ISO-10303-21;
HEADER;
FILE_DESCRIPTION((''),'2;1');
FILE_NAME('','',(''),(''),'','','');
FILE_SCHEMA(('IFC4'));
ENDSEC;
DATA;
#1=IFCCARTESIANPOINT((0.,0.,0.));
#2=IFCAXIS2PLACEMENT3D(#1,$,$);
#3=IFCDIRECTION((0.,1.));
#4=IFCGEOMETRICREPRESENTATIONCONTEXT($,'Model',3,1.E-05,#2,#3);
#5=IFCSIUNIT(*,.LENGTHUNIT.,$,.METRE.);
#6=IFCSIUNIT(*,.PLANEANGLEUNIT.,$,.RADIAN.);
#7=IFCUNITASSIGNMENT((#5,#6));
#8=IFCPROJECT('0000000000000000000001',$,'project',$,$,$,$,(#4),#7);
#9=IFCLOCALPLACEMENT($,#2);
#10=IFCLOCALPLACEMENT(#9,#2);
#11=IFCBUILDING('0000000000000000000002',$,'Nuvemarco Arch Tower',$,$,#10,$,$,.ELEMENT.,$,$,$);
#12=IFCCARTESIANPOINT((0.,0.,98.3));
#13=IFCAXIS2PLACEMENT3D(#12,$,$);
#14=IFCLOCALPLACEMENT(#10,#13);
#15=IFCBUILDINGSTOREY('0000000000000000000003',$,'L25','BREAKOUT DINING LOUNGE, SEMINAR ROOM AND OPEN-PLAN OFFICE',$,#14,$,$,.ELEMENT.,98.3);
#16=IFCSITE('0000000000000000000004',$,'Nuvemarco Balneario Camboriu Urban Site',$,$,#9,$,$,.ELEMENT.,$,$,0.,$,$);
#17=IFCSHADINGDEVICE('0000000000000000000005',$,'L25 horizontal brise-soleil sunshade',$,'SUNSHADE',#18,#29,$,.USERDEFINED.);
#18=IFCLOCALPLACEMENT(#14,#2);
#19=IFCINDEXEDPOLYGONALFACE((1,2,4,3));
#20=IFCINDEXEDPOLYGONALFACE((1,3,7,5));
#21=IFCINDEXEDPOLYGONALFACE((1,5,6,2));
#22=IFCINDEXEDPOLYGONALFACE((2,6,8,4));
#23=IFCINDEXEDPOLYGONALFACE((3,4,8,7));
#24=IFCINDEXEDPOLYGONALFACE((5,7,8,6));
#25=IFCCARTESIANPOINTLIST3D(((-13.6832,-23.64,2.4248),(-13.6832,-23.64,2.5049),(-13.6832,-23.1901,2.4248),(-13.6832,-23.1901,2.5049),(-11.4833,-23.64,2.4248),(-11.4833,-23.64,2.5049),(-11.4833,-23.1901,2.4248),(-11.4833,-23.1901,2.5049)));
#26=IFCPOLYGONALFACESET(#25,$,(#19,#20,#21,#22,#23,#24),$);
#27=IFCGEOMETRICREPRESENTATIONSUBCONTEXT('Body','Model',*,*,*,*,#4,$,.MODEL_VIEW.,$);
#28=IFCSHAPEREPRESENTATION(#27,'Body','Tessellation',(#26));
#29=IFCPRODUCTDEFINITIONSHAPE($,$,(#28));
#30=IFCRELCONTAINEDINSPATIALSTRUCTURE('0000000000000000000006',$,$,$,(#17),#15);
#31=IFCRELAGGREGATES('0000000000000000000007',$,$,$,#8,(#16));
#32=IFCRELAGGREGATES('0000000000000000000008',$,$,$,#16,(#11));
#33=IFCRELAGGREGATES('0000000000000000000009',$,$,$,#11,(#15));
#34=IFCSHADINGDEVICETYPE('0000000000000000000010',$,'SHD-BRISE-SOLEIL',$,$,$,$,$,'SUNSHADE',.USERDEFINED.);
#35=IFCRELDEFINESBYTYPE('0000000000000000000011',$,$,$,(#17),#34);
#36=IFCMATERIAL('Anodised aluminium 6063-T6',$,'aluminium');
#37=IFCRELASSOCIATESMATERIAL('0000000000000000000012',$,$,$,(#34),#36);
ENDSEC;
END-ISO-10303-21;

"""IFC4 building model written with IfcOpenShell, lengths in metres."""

from ifc_helpers import new_model, si_unit, direction, frame, origin, origin_2d, place, context, subcontext, project, spatial, rectangle, extrude, source, transform, mapped, material, type_object, type_shapes, element, save


model = new_model("IFC4")

# Units and contexts
model_context = context("Model", 3, precision=1e-05, world=origin(), true_north=direction((0.0, 1.0)))
body_context = subcontext(model_context, "Body", "Model", "MODEL_VIEW")
ifc_project = project(units=[si_unit("LENGTHUNIT", "METRE"), si_unit("PLANEANGLEUNIT", "RADIAN")], contexts=[model_context])

# Site, building, storey
site_placement = place(None, origin())
site = spatial("IfcSite", under=ifc_project, at=site_placement, Name="Nuvemarco Balneario Camboriu Urban Site", CompositionType="ELEMENT", RefElevation=0.0)
building_placement = place(site_placement, origin())
building = spatial("IfcBuilding", under=site, at=building_placement, Name="Nuvemarco Arch Tower", CompositionType="ELEMENT")
storey_placement = place(building_placement, frame((0.0, 0.0, 98.3)))
storey = spatial("IfcBuildingStorey", under=building, at=storey_placement, Name="L25", Description="BREAKOUT DINING LOUNGE, SEMINAR ROOM AND OPEN-PLAN OFFICE", CompositionType="ELEMENT", Elevation=98.3)

# Shading device
ifc_material_1 = material(Name="Anodised aluminium 6063-T6", Category="aluminium")
shading_device_type = type_object("IfcShadingDeviceType", Name="SHD-BRISE-SOLEIL", ElementType="SUNSHADE", PredefinedType="USERDEFINED", material=ifc_material_1)
shared_shape_1 = source(origin(), body_context, "Body", "SweptSolid", [
    extrude(rectangle(XDim=2.2, YDim=0.45, at=origin_2d()), origin(), (0.0, 0.0, 1.0), 0.0801),
])
type_shapes(shading_device_type, [shared_shape_1])
shading_device_placement = place(storey_placement, frame((-12.5833, -23.415, 2.4248), z_axis=(0.0, 0.0, 1.0), x_axis=(1.0, 0.0, 0.0)))
element("IfcShadingDevice", 1, at=shading_device_placement, inside=storey, type_object=shading_device_type, Name="L25 horizontal brise-soleil sunshade", ObjectType="SUNSHADE", PredefinedType="USERDEFINED", context=body_context, shape_type="MappedRepresentation", body=[
    mapped(shared_shape_1, transform((0.0, 0.0, 0.0), scale=1.0)),
])

save(model, "model.ifc")
